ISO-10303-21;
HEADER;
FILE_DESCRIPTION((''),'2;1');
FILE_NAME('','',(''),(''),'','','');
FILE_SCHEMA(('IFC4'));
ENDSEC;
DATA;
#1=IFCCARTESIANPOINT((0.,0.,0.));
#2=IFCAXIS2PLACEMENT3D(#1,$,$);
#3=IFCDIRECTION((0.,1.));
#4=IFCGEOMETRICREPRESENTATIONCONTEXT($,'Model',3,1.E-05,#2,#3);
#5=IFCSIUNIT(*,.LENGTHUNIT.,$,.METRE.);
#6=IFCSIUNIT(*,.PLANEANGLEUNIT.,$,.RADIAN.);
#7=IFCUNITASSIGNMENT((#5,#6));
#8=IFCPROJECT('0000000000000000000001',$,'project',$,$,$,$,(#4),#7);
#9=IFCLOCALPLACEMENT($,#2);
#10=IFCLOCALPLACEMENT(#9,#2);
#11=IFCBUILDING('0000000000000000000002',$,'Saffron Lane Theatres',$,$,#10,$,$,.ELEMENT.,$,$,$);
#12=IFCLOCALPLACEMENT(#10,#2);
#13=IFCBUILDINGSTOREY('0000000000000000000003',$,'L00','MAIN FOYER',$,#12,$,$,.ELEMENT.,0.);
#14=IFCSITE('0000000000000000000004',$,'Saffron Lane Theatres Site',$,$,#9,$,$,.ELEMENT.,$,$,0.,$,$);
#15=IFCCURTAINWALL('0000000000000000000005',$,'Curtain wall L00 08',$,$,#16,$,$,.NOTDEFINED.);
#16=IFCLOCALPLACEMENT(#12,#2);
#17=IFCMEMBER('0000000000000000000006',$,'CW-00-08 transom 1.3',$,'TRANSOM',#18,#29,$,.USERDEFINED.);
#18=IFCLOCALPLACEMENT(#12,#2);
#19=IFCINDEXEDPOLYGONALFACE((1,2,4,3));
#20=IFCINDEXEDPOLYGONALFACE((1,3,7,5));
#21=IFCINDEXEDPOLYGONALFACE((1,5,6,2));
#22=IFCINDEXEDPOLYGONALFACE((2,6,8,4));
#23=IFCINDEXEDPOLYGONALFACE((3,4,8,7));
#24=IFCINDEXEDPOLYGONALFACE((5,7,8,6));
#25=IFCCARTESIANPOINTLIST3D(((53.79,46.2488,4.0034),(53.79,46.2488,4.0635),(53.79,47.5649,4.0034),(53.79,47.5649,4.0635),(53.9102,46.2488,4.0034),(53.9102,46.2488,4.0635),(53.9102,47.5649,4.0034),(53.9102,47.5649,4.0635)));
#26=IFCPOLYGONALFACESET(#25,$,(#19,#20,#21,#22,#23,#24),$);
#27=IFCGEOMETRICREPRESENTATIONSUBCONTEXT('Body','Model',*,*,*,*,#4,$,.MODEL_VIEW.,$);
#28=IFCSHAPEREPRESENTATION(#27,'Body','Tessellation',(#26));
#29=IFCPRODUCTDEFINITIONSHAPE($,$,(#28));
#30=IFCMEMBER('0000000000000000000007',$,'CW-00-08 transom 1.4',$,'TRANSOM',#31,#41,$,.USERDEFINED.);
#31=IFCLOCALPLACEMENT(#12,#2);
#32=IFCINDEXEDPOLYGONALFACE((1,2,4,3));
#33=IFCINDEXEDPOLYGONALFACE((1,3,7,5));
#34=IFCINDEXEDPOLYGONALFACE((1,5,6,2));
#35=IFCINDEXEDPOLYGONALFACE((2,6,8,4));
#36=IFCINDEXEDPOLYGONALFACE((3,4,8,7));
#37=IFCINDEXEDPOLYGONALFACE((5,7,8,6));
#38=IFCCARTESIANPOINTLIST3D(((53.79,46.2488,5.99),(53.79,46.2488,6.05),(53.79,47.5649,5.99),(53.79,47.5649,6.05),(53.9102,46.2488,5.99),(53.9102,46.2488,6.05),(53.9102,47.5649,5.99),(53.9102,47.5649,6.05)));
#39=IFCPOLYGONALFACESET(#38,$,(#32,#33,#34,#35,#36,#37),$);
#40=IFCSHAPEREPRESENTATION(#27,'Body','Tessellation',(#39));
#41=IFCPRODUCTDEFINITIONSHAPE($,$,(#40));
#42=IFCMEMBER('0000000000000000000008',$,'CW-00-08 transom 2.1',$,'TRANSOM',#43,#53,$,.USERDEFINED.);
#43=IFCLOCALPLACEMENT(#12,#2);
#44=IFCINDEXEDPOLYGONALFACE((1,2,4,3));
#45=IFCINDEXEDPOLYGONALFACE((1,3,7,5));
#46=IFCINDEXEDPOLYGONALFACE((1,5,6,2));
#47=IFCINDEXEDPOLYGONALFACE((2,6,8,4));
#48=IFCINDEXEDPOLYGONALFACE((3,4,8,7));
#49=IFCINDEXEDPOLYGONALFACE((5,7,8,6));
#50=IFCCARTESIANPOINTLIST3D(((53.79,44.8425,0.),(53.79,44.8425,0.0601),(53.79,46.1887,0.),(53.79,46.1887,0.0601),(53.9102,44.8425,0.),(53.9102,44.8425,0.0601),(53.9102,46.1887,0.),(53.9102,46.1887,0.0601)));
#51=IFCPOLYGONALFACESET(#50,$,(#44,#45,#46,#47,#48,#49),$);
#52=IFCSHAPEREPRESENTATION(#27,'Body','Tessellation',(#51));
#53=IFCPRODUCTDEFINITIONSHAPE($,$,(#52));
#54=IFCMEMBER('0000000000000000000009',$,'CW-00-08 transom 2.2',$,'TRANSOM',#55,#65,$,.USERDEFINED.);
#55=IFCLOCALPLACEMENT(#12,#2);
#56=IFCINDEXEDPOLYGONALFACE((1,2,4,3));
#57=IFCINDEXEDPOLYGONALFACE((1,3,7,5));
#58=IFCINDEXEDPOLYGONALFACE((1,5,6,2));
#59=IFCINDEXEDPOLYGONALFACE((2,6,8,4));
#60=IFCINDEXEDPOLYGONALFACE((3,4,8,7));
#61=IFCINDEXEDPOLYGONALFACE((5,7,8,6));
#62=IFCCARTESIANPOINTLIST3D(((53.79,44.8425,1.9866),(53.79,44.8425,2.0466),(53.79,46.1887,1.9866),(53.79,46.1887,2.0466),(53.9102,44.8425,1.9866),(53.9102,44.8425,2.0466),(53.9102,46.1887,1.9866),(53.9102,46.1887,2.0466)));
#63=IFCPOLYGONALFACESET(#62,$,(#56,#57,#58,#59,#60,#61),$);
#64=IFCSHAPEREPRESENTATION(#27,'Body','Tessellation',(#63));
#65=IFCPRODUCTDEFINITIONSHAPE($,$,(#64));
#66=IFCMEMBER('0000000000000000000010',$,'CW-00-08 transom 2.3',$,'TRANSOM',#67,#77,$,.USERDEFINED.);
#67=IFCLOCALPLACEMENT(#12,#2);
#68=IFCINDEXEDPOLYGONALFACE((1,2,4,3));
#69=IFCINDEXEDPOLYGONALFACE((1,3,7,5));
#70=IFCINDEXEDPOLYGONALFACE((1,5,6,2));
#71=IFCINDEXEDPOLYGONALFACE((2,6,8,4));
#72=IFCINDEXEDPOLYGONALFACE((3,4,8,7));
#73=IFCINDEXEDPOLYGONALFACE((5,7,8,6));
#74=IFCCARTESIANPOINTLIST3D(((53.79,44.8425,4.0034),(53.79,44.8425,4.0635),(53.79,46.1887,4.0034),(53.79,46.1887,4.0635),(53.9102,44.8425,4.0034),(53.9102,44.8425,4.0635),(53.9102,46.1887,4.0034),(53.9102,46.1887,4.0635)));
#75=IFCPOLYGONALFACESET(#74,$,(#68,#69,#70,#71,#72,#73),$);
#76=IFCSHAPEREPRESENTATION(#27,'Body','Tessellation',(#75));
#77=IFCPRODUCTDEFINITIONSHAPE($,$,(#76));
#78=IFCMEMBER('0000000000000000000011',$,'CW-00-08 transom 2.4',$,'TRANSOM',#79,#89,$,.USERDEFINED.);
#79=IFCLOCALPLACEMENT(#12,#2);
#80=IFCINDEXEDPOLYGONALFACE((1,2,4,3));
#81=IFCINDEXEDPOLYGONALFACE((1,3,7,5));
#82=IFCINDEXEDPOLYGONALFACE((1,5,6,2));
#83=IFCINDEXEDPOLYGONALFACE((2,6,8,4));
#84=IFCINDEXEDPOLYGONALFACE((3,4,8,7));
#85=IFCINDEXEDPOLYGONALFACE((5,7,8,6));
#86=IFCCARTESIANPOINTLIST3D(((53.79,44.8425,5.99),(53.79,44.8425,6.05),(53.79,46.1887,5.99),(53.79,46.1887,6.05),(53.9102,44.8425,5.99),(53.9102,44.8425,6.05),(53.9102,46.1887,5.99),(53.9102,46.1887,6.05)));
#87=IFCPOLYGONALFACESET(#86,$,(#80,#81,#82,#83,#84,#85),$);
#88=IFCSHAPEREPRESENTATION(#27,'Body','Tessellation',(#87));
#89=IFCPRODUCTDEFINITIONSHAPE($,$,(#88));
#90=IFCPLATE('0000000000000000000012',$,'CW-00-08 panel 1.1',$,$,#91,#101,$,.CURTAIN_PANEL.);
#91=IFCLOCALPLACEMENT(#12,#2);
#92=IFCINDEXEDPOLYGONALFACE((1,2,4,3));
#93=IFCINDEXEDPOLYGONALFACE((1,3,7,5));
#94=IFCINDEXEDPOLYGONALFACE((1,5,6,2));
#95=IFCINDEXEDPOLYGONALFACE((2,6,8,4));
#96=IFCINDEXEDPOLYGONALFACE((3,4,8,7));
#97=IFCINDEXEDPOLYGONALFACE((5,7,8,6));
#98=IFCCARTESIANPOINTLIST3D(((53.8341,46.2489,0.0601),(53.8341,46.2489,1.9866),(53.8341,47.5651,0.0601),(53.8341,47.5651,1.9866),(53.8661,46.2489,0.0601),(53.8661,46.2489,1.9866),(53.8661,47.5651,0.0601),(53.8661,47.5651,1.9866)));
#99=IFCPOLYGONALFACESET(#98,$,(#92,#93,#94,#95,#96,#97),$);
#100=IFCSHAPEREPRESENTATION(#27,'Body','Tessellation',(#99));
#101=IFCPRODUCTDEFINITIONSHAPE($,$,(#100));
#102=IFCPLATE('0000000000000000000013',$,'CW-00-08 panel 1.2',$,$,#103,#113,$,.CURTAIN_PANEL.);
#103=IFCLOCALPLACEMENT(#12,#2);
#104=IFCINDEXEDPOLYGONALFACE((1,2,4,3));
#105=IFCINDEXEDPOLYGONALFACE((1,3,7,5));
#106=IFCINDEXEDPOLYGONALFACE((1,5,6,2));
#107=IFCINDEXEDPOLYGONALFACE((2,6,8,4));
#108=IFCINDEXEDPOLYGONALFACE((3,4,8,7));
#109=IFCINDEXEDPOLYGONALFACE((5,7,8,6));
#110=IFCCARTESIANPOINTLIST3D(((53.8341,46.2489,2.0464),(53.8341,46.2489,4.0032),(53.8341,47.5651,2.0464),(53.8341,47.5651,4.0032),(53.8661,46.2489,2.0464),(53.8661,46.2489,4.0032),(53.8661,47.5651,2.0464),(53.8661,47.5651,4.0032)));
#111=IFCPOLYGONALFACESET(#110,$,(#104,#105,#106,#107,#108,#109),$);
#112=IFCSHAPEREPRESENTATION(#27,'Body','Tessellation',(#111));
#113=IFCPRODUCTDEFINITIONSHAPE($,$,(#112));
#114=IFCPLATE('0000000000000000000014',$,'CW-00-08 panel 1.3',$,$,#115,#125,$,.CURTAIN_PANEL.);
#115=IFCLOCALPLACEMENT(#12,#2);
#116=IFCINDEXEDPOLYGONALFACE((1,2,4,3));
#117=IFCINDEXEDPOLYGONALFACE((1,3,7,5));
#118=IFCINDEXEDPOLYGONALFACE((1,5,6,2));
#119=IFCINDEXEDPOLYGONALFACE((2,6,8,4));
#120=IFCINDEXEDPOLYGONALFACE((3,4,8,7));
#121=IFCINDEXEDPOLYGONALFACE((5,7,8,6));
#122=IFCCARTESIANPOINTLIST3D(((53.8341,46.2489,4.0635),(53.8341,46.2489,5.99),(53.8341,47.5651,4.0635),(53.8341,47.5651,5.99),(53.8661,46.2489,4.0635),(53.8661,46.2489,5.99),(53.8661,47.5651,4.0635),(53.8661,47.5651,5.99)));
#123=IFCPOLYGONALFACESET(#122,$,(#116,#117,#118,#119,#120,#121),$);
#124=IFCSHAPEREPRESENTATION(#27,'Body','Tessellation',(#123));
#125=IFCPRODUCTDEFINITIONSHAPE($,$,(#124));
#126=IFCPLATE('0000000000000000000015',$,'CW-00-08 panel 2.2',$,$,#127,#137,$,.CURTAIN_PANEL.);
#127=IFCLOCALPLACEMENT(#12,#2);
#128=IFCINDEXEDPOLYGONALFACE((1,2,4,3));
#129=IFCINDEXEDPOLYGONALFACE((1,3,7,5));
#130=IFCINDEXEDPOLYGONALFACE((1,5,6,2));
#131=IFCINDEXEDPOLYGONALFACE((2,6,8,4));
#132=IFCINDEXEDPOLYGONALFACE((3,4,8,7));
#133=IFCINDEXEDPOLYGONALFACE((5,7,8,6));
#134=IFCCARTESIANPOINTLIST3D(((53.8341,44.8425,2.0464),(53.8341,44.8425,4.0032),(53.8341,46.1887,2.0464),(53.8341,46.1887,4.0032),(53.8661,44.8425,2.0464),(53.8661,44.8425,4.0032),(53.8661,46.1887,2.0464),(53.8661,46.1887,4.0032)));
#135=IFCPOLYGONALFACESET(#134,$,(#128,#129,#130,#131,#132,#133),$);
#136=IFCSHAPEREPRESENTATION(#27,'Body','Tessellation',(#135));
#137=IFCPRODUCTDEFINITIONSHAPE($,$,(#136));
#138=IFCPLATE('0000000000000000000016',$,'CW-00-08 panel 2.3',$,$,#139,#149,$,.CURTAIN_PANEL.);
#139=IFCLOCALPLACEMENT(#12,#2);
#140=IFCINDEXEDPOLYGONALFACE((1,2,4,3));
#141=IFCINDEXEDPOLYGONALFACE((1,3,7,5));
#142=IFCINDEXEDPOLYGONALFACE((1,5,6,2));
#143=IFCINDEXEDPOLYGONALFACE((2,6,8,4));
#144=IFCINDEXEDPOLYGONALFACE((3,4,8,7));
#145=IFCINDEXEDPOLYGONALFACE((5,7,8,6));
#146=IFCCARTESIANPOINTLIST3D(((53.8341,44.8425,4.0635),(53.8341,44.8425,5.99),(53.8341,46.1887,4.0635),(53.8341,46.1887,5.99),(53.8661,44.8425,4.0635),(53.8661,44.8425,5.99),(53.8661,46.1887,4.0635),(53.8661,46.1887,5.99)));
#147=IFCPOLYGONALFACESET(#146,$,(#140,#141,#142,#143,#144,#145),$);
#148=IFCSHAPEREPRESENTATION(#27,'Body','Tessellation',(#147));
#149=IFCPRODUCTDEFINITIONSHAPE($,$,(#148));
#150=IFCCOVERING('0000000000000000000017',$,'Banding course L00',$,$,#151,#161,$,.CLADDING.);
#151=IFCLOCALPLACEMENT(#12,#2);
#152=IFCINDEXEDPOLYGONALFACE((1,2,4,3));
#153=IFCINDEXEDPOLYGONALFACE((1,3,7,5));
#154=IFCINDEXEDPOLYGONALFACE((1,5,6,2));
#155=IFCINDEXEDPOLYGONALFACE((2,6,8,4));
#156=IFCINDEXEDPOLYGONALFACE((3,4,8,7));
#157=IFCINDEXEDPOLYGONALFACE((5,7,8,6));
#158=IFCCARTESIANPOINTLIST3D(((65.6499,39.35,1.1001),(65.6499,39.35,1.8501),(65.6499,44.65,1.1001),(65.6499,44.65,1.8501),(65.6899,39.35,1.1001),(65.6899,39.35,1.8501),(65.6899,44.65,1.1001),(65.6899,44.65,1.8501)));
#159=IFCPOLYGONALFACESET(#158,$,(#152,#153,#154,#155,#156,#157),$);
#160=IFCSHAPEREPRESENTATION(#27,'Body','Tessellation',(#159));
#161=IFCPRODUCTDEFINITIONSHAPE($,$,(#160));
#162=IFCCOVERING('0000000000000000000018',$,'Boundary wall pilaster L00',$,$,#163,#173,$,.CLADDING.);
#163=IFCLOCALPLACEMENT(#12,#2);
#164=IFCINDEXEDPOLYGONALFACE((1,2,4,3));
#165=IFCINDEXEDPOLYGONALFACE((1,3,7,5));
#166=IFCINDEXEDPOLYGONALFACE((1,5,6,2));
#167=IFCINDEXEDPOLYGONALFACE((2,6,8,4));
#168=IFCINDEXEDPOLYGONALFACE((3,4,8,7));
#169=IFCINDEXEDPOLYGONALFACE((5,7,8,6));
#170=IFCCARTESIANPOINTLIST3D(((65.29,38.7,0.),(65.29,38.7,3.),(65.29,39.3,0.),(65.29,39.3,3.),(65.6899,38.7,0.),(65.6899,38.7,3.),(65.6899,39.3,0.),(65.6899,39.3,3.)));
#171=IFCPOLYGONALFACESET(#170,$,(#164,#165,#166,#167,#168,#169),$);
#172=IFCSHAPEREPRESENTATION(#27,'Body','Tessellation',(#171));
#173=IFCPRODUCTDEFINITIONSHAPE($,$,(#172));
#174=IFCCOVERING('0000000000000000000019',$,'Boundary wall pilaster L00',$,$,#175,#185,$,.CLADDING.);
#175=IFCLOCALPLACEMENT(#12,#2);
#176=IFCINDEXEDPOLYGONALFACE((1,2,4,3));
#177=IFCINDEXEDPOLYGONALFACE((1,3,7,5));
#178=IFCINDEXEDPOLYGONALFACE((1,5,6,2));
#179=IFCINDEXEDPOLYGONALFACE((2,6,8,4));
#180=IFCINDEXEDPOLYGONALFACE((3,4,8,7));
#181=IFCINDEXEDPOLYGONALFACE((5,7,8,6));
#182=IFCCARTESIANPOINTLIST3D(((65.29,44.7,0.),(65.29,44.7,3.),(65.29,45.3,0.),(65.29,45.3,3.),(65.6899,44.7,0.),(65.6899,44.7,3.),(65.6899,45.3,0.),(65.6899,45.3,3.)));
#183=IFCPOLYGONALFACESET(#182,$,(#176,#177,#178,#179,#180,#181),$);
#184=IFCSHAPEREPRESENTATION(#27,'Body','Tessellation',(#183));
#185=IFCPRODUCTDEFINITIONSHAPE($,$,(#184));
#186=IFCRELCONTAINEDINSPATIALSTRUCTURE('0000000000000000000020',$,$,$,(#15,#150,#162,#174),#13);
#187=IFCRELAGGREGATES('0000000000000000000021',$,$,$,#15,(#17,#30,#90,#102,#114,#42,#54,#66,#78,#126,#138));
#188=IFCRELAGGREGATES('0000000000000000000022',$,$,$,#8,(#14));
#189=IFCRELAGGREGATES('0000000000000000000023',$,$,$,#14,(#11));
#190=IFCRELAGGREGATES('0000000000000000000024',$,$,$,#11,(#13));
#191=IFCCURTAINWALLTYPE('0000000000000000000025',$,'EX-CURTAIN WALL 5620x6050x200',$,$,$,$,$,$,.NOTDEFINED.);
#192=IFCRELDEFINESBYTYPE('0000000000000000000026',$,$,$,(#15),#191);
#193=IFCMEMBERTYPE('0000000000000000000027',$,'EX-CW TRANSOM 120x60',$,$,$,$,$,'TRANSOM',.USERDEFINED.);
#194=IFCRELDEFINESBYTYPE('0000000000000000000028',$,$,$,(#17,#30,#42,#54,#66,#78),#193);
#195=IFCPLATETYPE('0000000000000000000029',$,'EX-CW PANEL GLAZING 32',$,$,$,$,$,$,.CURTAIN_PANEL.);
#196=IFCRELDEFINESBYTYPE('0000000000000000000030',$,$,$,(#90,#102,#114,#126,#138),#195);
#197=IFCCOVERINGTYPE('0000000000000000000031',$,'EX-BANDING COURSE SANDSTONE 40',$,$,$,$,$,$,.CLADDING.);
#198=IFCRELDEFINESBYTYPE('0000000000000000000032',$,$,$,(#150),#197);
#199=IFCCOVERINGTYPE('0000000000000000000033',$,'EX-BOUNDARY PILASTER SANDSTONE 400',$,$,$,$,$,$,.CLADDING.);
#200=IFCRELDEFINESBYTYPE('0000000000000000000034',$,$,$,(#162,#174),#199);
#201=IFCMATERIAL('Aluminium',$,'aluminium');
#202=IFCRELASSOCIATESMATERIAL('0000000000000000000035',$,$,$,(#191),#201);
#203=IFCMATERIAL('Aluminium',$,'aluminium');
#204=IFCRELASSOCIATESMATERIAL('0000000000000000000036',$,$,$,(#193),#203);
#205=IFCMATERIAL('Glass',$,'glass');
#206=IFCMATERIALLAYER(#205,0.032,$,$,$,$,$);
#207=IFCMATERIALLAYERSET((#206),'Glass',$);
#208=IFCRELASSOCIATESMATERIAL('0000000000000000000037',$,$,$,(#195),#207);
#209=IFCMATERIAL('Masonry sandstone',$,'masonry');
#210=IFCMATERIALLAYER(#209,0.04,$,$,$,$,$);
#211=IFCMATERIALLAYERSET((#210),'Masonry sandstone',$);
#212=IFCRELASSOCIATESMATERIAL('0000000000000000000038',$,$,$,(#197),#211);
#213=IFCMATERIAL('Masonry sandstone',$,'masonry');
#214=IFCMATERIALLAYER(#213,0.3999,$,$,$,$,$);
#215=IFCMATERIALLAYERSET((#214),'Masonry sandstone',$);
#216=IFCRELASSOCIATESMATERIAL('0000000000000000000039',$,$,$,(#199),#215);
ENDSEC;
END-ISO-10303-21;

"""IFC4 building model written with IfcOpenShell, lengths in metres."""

from ifc_helpers import new_model, si_unit, direction, frame, origin, origin_2d, place, context, subcontext, project, spatial, rectangle, extrude, material, layer, layer_set, material_profile, profile_set, type_object, element, aggregate, save


model = new_model("IFC4")

# Units and contexts
model_context = context("Model", 3, precision=1e-05, world=origin(), true_north=direction((0.0, 1.0)))
body_context = subcontext(model_context, "Body", "Model", "MODEL_VIEW")
ifc_project = project(units=[si_unit("LENGTHUNIT", "METRE"), si_unit("PLANEANGLEUNIT", "RADIAN")], contexts=[model_context])

# Site, building, storey
site_placement = place(None, origin())
site = spatial("IfcSite", under=ifc_project, at=site_placement, Name="Saffron Lane Theatres Site", CompositionType="ELEMENT", RefElevation=0.0)
building_placement = place(site_placement, origin())
building = spatial("IfcBuilding", under=site, at=building_placement, Name="Saffron Lane Theatres", CompositionType="ELEMENT")
storey_placement = place(building_placement, origin())
storey = spatial("IfcBuildingStorey", under=building, at=storey_placement, Name="L00", Description="MAIN FOYER", CompositionType="ELEMENT", Elevation=0.0)

# Curtain wall, members, plates
ifc_material_1 = material(Name="Aluminium", Category="aluminium")
curtain_wall_type = type_object("IfcCurtainWallType", Name="EX-CURTAIN WALL 5620x6050x200", PredefinedType="NOTDEFINED", material=ifc_material_1)
curtain_wall_placement = place(storey_placement, origin())
curtain_wall = element("IfcCurtainWall", 1, at=curtain_wall_placement, inside=storey, type_object=curtain_wall_type, Name="Curtain wall L00 08", PredefinedType="NOTDEFINED")
ifc_material_2 = material(Name="Aluminium", Category="aluminium")
ifc_material_profile_1 = material_profile(ifc_material_2, rectangle(XDim=0.1201, YDim=0.0601, at=origin_2d()))
ifc_profile_set_1 = profile_set([ifc_material_profile_1], Name="Aluminium")
member_type_1 = type_object("IfcMemberType", Name="EX-CW TRANSOM 120x60", ElementType="TRANSOM", PredefinedType="USERDEFINED", material=ifc_profile_set_1)
member_1_placement = place(storey_placement, frame((53.8501, 47.5649, 4.0334), z_axis=(0.0, -1.0, 0.0), x_axis=(1.0, 0.0, 0.0)))
member_1 = element("IfcMember", 2, at=member_1_placement, type_object=member_type_1, Name="CW-00-08 transom 1.3", ObjectType="TRANSOM", PredefinedType="USERDEFINED", context=body_context, shape_type="SweptSolid", body=[
    extrude(rectangle(XDim=0.1201, YDim=0.0601, at=origin_2d()), origin(), (0.0, 0.0, 1.0), 1.3162),
])
member_2_placement = place(storey_placement, frame((53.8501, 47.5649, 6.02), z_axis=(0.0, -1.0, 0.0), x_axis=(1.0, 0.0, 0.0)))
member_2 = element("IfcMember", 3, at=member_2_placement, type_object=member_type_1, Name="CW-00-08 transom 1.4", ObjectType="TRANSOM", PredefinedType="USERDEFINED", context=body_context, shape_type="SweptSolid", body=[
    extrude(rectangle(XDim=0.1201, YDim=0.0601, at=origin_2d()), origin(), (0.0, 0.0, 1.0), 1.3162),
])
member_3_placement = place(storey_placement, frame((53.8501, 46.1887, 0.03), z_axis=(0.0, -1.0, 0.0), x_axis=(1.0, 0.0, 0.0)))
member_3 = element("IfcMember", 4, at=member_3_placement, type_object=member_type_1, Name="CW-00-08 transom 2.1", ObjectType="TRANSOM", PredefinedType="USERDEFINED", context=body_context, shape_type="SweptSolid", body=[
    extrude(rectangle(XDim=0.1201, YDim=0.0601, at=origin_2d()), origin(), (0.0, 0.0, 1.0), 1.3462),
])
member_4_placement = place(storey_placement, frame((53.8501, 46.1887, 2.0166), z_axis=(0.0, -1.0, 0.0), x_axis=(1.0, 0.0, 0.0)))
member_4 = element("IfcMember", 5, at=member_4_placement, type_object=member_type_1, Name="CW-00-08 transom 2.2", ObjectType="TRANSOM", PredefinedType="USERDEFINED", context=body_context, shape_type="SweptSolid", body=[
    extrude(rectangle(XDim=0.1201, YDim=0.0601, at=origin_2d()), origin(), (0.0, 0.0, 1.0), 1.3462),
])
member_5_placement = place(storey_placement, frame((53.8501, 46.1887, 4.0334), z_axis=(0.0, -1.0, 0.0), x_axis=(1.0, 0.0, 0.0)))
member_5 = element("IfcMember", 6, at=member_5_placement, type_object=member_type_1, Name="CW-00-08 transom 2.3", ObjectType="TRANSOM", PredefinedType="USERDEFINED", context=body_context, shape_type="SweptSolid", body=[
    extrude(rectangle(XDim=0.1201, YDim=0.0601, at=origin_2d()), origin(), (0.0, 0.0, 1.0), 1.3462),
])
member_6_placement = place(storey_placement, frame((53.8501, 46.1887, 6.02), z_axis=(0.0, -1.0, 0.0), x_axis=(1.0, 0.0, 0.0)))
member_6 = element("IfcMember", 7, at=member_6_placement, type_object=member_type_1, Name="CW-00-08 transom 2.4", ObjectType="TRANSOM", PredefinedType="USERDEFINED", context=body_context, shape_type="SweptSolid", body=[
    extrude(rectangle(XDim=0.1201, YDim=0.0601, at=origin_2d()), origin(), (0.0, 0.0, 1.0), 1.3462),
])
ifc_material_3 = material(Name="Glass", Category="glass")
ifc_layer_1 = layer(ifc_material_3, 0.032)
ifc_layer_set_1 = layer_set([ifc_layer_1], Name="Glass")
plate_type = type_object("IfcPlateType", Name="EX-CW PANEL GLAZING 32", PredefinedType="CURTAIN_PANEL", material=ifc_layer_set_1)
plate_1_placement = place(storey_placement, frame((53.8501, 46.907, 0.0601), z_axis=(0.0, 0.0, 1.0), x_axis=(0.0, -1.0, 0.0)))
plate_1 = element("IfcPlate", 8, at=plate_1_placement, type_object=plate_type, Name="CW-00-08 panel 1.1", PredefinedType="CURTAIN_PANEL", context=body_context, shape_type="SweptSolid", body=[
    extrude(rectangle(XDim=1.3162, YDim=0.032, at=origin_2d()), origin(), (0.0, 0.0, 1.0), 1.9265),
])
plate_2_placement = place(storey_placement, frame((53.8501, 46.907, 2.0464), z_axis=(0.0, 0.0, 1.0), x_axis=(0.0, -1.0, 0.0)))
plate_2 = element("IfcPlate", 9, at=plate_2_placement, type_object=plate_type, Name="CW-00-08 panel 1.2", PredefinedType="CURTAIN_PANEL", context=body_context, shape_type="SweptSolid", body=[
    extrude(rectangle(XDim=1.3162, YDim=0.032, at=origin_2d()), origin(), (0.0, 0.0, 1.0), 1.9568),
])
plate_3_placement = place(storey_placement, frame((53.8501, 46.907, 4.0635), z_axis=(0.0, 0.0, 1.0), x_axis=(0.0, -1.0, 0.0)))
plate_3 = element("IfcPlate", 10, at=plate_3_placement, type_object=plate_type, Name="CW-00-08 panel 1.3", PredefinedType="CURTAIN_PANEL", context=body_context, shape_type="SweptSolid", body=[
    extrude(rectangle(XDim=1.3162, YDim=0.032, at=origin_2d()), origin(), (0.0, 0.0, 1.0), 1.9265),
])
plate_4_placement = place(storey_placement, frame((53.8501, 45.5156, 2.0464), z_axis=(0.0, 0.0, 1.0), x_axis=(0.0, -1.0, 0.0)))
plate_4 = element("IfcPlate", 11, at=plate_4_placement, type_object=plate_type, Name="CW-00-08 panel 2.2", PredefinedType="CURTAIN_PANEL", context=body_context, shape_type="SweptSolid", body=[
    extrude(rectangle(XDim=1.3462, YDim=0.032, at=origin_2d()), origin(), (0.0, 0.0, 1.0), 1.9568),
])
plate_5_placement = place(storey_placement, frame((53.8501, 45.5156, 4.0635), z_axis=(0.0, 0.0, 1.0), x_axis=(0.0, -1.0, 0.0)))
plate_5 = element("IfcPlate", 12, at=plate_5_placement, type_object=plate_type, Name="CW-00-08 panel 2.3", PredefinedType="CURTAIN_PANEL", context=body_context, shape_type="SweptSolid", body=[
    extrude(rectangle(XDim=1.3462, YDim=0.032, at=origin_2d()), origin(), (0.0, 0.0, 1.0), 1.9265),
])
aggregate(curtain_wall, [member_1, member_2, plate_1, plate_2, plate_3, member_3, member_4, member_5, member_6, plate_4, plate_5])

# Coverings
ifc_material_4 = material(Name="Masonry sandstone", Category="masonry")
ifc_layer_2 = layer(ifc_material_4, 0.04)
ifc_layer_set_2 = layer_set([ifc_layer_2], Name="Masonry sandstone")
covering_type_1 = type_object("IfcCoveringType", Name="EX-BANDING COURSE SANDSTONE 40", PredefinedType="CLADDING", material=ifc_layer_set_2)
covering_1_placement = place(storey_placement, frame((65.6699, 42.0, 1.1001), z_axis=(0.0, 0.0, 1.0), x_axis=(0.0, 1.0, 0.0)))
element("IfcCovering", 13, at=covering_1_placement, inside=storey, type_object=covering_type_1, Name="Banding course L00", PredefinedType="CLADDING", context=body_context, shape_type="SweptSolid", body=[
    extrude(rectangle(XDim=5.3, YDim=0.04, at=origin_2d()), origin(), (0.0, 0.0, 1.0), 0.75),
])
ifc_material_5 = material(Name="Masonry sandstone", Category="masonry")
ifc_layer_3 = layer(ifc_material_5, 0.3999)
ifc_layer_set_3 = layer_set([ifc_layer_3], Name="Masonry sandstone")
covering_type_2 = type_object("IfcCoveringType", Name="EX-BOUNDARY PILASTER SANDSTONE 400", PredefinedType="CLADDING", material=ifc_layer_set_3)
for number, where, z_axis, x_axis, name in (
    (14, (65.49, 39.0, 0.0), (0.0, 0.0, 1.0), (0.0, 1.0, 0.0), "Boundary wall pilaster L00"),
    (15, (65.49, 45.0, 0.0), (0.0, 0.0, 1.0), (0.0, 1.0, 0.0), "Boundary wall pilaster L00"),
):
    element("IfcCovering", number, at=place(storey_placement, frame(where, z_axis=z_axis, x_axis=x_axis)), inside=storey, type_object=covering_type_2, Name=name, PredefinedType="CLADDING", context=body_context, shape_type="SweptSolid", body=[
        extrude(rectangle(XDim=0.6001, YDim=0.3999, at=origin_2d()), origin(), (0.0, 0.0, 1.0), 3.0),
    ])

save(model, "model.ifc")
